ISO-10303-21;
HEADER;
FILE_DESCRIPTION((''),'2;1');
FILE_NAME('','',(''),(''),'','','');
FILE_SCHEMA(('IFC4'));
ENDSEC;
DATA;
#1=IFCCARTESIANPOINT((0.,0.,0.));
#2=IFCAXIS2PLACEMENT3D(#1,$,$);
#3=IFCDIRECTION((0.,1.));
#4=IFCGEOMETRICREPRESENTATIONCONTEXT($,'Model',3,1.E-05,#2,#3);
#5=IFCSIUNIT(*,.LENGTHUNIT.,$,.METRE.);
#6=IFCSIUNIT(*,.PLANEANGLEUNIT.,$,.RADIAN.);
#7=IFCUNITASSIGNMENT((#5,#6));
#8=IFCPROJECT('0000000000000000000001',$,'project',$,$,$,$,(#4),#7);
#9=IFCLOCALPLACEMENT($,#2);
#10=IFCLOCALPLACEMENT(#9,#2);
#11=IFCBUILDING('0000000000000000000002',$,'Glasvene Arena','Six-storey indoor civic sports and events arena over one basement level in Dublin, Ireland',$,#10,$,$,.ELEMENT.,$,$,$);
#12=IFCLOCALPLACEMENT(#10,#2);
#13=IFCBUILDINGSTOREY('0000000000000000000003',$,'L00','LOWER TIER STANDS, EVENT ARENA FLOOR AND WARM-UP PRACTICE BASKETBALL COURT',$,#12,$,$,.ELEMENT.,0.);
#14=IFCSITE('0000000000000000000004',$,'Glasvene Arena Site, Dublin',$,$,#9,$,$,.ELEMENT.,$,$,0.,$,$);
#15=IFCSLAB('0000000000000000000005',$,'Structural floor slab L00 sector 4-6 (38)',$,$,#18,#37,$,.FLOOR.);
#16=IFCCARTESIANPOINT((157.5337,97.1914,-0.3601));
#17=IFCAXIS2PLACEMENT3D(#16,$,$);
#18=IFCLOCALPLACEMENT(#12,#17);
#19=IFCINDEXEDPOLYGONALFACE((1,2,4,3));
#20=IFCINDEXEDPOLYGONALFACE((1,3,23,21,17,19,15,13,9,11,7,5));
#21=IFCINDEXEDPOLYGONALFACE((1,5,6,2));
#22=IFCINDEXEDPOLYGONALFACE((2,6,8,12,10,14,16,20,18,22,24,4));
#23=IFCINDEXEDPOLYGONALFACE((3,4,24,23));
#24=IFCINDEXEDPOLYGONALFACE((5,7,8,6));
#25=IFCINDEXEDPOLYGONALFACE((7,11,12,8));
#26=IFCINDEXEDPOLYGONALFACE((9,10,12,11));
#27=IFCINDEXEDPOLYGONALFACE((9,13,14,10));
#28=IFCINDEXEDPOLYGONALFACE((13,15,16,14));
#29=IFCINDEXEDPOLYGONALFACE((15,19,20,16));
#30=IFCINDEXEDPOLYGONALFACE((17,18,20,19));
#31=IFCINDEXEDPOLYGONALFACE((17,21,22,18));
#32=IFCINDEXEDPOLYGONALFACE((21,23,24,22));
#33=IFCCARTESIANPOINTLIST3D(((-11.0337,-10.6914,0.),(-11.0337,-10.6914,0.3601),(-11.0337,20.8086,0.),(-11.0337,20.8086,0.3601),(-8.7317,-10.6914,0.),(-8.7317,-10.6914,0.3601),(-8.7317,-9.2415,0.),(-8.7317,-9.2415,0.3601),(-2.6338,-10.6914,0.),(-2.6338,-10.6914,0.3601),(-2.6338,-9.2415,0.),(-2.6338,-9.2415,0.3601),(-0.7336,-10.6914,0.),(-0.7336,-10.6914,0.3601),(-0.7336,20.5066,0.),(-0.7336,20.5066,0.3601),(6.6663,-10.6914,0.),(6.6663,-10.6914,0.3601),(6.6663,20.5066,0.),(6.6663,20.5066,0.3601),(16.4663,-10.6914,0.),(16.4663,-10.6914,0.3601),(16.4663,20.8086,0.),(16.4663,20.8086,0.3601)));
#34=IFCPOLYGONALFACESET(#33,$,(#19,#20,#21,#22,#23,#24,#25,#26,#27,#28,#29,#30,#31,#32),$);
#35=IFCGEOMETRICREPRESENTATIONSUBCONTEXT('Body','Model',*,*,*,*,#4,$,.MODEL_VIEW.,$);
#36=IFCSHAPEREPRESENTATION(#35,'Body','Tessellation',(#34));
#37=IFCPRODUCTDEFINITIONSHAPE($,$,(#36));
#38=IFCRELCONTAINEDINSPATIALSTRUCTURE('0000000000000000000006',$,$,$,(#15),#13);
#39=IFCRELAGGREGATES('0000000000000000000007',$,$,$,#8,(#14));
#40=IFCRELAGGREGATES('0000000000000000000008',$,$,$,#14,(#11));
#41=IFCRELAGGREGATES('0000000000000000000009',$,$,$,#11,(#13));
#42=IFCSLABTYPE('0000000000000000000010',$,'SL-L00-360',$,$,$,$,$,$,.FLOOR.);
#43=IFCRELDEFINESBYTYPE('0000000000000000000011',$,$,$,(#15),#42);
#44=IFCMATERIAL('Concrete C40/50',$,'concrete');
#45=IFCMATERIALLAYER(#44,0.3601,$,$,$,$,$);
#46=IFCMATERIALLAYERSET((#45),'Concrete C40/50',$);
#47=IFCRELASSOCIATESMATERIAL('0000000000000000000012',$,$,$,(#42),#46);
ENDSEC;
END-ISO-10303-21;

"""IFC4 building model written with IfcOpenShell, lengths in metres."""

from ifc_helpers import new_model, si_unit, direction, frame, origin, place, context, subcontext, project, spatial, polyline, outline, extrude, material, layer, layer_set, type_object, element, save


model = new_model("IFC4")

# Units and contexts
model_context = context("Model", 3, precision=1e-05, world=origin(), true_north=direction((0.0, 1.0)))
body_context = subcontext(model_context, "Body", "Model", "MODEL_VIEW")
ifc_project = project(units=[si_unit("LENGTHUNIT", "METRE"), si_unit("PLANEANGLEUNIT", "RADIAN")], contexts=[model_context])

# Site, building, storey
site_placement = place(None, origin())
site = spatial("IfcSite", under=ifc_project, at=site_placement, Name="Glasvene Arena Site, Dublin", CompositionType="ELEMENT", RefElevation=0.0)
building_placement = place(site_placement, origin())
building = spatial("IfcBuilding", under=site, at=building_placement, Name="Glasvene Arena", Description="Six-storey indoor civic sports and events arena over one basement level in Dublin, Ireland", CompositionType="ELEMENT")
storey_placement = place(building_placement, origin())
storey = spatial("IfcBuildingStorey", under=building, at=storey_placement, Name="L00", Description="LOWER TIER STANDS, EVENT ARENA FLOOR AND WARM-UP PRACTICE BASKETBALL COURT", CompositionType="ELEMENT", Elevation=0.0)

# Slab
ifc_material_1 = material(Name="Concrete C40/50", Category="concrete")
ifc_layer_1 = layer(ifc_material_1, 0.3601)
ifc_layer_set_1 = layer_set([ifc_layer_1], Name="Concrete C40/50")
slab_type = type_object("IfcSlabType", Name="SL-L00-360", PredefinedType="FLOOR", material=ifc_layer_set_1)
slab_placement = place(storey_placement, frame((157.5337, 97.1914, -0.3601)))
element("IfcSlab", 1, at=slab_placement, inside=storey, type_object=slab_type, Name="Structural floor slab L00 sector 4-6 (38)", PredefinedType="FLOOR", context=body_context, shape_type="SweptSolid", body=[
    extrude(outline(polyline([(16.4663, -10.6914), (6.6663, -10.6914), (6.6663, 20.5066), (-0.7336, 20.5066), (-0.7336, -10.6914), (-2.6338, -10.6914), (-2.6338, -9.2415), (-8.7317, -9.2415), (-8.7317, -10.6914), (-11.0337, -10.6914), (-11.0337, 20.8086), (16.4663, 20.8086), (16.4663, -10.6914)])), origin(), (0.0, 0.0, 1.0), 0.3601),
])

save(model, "model.ifc")
